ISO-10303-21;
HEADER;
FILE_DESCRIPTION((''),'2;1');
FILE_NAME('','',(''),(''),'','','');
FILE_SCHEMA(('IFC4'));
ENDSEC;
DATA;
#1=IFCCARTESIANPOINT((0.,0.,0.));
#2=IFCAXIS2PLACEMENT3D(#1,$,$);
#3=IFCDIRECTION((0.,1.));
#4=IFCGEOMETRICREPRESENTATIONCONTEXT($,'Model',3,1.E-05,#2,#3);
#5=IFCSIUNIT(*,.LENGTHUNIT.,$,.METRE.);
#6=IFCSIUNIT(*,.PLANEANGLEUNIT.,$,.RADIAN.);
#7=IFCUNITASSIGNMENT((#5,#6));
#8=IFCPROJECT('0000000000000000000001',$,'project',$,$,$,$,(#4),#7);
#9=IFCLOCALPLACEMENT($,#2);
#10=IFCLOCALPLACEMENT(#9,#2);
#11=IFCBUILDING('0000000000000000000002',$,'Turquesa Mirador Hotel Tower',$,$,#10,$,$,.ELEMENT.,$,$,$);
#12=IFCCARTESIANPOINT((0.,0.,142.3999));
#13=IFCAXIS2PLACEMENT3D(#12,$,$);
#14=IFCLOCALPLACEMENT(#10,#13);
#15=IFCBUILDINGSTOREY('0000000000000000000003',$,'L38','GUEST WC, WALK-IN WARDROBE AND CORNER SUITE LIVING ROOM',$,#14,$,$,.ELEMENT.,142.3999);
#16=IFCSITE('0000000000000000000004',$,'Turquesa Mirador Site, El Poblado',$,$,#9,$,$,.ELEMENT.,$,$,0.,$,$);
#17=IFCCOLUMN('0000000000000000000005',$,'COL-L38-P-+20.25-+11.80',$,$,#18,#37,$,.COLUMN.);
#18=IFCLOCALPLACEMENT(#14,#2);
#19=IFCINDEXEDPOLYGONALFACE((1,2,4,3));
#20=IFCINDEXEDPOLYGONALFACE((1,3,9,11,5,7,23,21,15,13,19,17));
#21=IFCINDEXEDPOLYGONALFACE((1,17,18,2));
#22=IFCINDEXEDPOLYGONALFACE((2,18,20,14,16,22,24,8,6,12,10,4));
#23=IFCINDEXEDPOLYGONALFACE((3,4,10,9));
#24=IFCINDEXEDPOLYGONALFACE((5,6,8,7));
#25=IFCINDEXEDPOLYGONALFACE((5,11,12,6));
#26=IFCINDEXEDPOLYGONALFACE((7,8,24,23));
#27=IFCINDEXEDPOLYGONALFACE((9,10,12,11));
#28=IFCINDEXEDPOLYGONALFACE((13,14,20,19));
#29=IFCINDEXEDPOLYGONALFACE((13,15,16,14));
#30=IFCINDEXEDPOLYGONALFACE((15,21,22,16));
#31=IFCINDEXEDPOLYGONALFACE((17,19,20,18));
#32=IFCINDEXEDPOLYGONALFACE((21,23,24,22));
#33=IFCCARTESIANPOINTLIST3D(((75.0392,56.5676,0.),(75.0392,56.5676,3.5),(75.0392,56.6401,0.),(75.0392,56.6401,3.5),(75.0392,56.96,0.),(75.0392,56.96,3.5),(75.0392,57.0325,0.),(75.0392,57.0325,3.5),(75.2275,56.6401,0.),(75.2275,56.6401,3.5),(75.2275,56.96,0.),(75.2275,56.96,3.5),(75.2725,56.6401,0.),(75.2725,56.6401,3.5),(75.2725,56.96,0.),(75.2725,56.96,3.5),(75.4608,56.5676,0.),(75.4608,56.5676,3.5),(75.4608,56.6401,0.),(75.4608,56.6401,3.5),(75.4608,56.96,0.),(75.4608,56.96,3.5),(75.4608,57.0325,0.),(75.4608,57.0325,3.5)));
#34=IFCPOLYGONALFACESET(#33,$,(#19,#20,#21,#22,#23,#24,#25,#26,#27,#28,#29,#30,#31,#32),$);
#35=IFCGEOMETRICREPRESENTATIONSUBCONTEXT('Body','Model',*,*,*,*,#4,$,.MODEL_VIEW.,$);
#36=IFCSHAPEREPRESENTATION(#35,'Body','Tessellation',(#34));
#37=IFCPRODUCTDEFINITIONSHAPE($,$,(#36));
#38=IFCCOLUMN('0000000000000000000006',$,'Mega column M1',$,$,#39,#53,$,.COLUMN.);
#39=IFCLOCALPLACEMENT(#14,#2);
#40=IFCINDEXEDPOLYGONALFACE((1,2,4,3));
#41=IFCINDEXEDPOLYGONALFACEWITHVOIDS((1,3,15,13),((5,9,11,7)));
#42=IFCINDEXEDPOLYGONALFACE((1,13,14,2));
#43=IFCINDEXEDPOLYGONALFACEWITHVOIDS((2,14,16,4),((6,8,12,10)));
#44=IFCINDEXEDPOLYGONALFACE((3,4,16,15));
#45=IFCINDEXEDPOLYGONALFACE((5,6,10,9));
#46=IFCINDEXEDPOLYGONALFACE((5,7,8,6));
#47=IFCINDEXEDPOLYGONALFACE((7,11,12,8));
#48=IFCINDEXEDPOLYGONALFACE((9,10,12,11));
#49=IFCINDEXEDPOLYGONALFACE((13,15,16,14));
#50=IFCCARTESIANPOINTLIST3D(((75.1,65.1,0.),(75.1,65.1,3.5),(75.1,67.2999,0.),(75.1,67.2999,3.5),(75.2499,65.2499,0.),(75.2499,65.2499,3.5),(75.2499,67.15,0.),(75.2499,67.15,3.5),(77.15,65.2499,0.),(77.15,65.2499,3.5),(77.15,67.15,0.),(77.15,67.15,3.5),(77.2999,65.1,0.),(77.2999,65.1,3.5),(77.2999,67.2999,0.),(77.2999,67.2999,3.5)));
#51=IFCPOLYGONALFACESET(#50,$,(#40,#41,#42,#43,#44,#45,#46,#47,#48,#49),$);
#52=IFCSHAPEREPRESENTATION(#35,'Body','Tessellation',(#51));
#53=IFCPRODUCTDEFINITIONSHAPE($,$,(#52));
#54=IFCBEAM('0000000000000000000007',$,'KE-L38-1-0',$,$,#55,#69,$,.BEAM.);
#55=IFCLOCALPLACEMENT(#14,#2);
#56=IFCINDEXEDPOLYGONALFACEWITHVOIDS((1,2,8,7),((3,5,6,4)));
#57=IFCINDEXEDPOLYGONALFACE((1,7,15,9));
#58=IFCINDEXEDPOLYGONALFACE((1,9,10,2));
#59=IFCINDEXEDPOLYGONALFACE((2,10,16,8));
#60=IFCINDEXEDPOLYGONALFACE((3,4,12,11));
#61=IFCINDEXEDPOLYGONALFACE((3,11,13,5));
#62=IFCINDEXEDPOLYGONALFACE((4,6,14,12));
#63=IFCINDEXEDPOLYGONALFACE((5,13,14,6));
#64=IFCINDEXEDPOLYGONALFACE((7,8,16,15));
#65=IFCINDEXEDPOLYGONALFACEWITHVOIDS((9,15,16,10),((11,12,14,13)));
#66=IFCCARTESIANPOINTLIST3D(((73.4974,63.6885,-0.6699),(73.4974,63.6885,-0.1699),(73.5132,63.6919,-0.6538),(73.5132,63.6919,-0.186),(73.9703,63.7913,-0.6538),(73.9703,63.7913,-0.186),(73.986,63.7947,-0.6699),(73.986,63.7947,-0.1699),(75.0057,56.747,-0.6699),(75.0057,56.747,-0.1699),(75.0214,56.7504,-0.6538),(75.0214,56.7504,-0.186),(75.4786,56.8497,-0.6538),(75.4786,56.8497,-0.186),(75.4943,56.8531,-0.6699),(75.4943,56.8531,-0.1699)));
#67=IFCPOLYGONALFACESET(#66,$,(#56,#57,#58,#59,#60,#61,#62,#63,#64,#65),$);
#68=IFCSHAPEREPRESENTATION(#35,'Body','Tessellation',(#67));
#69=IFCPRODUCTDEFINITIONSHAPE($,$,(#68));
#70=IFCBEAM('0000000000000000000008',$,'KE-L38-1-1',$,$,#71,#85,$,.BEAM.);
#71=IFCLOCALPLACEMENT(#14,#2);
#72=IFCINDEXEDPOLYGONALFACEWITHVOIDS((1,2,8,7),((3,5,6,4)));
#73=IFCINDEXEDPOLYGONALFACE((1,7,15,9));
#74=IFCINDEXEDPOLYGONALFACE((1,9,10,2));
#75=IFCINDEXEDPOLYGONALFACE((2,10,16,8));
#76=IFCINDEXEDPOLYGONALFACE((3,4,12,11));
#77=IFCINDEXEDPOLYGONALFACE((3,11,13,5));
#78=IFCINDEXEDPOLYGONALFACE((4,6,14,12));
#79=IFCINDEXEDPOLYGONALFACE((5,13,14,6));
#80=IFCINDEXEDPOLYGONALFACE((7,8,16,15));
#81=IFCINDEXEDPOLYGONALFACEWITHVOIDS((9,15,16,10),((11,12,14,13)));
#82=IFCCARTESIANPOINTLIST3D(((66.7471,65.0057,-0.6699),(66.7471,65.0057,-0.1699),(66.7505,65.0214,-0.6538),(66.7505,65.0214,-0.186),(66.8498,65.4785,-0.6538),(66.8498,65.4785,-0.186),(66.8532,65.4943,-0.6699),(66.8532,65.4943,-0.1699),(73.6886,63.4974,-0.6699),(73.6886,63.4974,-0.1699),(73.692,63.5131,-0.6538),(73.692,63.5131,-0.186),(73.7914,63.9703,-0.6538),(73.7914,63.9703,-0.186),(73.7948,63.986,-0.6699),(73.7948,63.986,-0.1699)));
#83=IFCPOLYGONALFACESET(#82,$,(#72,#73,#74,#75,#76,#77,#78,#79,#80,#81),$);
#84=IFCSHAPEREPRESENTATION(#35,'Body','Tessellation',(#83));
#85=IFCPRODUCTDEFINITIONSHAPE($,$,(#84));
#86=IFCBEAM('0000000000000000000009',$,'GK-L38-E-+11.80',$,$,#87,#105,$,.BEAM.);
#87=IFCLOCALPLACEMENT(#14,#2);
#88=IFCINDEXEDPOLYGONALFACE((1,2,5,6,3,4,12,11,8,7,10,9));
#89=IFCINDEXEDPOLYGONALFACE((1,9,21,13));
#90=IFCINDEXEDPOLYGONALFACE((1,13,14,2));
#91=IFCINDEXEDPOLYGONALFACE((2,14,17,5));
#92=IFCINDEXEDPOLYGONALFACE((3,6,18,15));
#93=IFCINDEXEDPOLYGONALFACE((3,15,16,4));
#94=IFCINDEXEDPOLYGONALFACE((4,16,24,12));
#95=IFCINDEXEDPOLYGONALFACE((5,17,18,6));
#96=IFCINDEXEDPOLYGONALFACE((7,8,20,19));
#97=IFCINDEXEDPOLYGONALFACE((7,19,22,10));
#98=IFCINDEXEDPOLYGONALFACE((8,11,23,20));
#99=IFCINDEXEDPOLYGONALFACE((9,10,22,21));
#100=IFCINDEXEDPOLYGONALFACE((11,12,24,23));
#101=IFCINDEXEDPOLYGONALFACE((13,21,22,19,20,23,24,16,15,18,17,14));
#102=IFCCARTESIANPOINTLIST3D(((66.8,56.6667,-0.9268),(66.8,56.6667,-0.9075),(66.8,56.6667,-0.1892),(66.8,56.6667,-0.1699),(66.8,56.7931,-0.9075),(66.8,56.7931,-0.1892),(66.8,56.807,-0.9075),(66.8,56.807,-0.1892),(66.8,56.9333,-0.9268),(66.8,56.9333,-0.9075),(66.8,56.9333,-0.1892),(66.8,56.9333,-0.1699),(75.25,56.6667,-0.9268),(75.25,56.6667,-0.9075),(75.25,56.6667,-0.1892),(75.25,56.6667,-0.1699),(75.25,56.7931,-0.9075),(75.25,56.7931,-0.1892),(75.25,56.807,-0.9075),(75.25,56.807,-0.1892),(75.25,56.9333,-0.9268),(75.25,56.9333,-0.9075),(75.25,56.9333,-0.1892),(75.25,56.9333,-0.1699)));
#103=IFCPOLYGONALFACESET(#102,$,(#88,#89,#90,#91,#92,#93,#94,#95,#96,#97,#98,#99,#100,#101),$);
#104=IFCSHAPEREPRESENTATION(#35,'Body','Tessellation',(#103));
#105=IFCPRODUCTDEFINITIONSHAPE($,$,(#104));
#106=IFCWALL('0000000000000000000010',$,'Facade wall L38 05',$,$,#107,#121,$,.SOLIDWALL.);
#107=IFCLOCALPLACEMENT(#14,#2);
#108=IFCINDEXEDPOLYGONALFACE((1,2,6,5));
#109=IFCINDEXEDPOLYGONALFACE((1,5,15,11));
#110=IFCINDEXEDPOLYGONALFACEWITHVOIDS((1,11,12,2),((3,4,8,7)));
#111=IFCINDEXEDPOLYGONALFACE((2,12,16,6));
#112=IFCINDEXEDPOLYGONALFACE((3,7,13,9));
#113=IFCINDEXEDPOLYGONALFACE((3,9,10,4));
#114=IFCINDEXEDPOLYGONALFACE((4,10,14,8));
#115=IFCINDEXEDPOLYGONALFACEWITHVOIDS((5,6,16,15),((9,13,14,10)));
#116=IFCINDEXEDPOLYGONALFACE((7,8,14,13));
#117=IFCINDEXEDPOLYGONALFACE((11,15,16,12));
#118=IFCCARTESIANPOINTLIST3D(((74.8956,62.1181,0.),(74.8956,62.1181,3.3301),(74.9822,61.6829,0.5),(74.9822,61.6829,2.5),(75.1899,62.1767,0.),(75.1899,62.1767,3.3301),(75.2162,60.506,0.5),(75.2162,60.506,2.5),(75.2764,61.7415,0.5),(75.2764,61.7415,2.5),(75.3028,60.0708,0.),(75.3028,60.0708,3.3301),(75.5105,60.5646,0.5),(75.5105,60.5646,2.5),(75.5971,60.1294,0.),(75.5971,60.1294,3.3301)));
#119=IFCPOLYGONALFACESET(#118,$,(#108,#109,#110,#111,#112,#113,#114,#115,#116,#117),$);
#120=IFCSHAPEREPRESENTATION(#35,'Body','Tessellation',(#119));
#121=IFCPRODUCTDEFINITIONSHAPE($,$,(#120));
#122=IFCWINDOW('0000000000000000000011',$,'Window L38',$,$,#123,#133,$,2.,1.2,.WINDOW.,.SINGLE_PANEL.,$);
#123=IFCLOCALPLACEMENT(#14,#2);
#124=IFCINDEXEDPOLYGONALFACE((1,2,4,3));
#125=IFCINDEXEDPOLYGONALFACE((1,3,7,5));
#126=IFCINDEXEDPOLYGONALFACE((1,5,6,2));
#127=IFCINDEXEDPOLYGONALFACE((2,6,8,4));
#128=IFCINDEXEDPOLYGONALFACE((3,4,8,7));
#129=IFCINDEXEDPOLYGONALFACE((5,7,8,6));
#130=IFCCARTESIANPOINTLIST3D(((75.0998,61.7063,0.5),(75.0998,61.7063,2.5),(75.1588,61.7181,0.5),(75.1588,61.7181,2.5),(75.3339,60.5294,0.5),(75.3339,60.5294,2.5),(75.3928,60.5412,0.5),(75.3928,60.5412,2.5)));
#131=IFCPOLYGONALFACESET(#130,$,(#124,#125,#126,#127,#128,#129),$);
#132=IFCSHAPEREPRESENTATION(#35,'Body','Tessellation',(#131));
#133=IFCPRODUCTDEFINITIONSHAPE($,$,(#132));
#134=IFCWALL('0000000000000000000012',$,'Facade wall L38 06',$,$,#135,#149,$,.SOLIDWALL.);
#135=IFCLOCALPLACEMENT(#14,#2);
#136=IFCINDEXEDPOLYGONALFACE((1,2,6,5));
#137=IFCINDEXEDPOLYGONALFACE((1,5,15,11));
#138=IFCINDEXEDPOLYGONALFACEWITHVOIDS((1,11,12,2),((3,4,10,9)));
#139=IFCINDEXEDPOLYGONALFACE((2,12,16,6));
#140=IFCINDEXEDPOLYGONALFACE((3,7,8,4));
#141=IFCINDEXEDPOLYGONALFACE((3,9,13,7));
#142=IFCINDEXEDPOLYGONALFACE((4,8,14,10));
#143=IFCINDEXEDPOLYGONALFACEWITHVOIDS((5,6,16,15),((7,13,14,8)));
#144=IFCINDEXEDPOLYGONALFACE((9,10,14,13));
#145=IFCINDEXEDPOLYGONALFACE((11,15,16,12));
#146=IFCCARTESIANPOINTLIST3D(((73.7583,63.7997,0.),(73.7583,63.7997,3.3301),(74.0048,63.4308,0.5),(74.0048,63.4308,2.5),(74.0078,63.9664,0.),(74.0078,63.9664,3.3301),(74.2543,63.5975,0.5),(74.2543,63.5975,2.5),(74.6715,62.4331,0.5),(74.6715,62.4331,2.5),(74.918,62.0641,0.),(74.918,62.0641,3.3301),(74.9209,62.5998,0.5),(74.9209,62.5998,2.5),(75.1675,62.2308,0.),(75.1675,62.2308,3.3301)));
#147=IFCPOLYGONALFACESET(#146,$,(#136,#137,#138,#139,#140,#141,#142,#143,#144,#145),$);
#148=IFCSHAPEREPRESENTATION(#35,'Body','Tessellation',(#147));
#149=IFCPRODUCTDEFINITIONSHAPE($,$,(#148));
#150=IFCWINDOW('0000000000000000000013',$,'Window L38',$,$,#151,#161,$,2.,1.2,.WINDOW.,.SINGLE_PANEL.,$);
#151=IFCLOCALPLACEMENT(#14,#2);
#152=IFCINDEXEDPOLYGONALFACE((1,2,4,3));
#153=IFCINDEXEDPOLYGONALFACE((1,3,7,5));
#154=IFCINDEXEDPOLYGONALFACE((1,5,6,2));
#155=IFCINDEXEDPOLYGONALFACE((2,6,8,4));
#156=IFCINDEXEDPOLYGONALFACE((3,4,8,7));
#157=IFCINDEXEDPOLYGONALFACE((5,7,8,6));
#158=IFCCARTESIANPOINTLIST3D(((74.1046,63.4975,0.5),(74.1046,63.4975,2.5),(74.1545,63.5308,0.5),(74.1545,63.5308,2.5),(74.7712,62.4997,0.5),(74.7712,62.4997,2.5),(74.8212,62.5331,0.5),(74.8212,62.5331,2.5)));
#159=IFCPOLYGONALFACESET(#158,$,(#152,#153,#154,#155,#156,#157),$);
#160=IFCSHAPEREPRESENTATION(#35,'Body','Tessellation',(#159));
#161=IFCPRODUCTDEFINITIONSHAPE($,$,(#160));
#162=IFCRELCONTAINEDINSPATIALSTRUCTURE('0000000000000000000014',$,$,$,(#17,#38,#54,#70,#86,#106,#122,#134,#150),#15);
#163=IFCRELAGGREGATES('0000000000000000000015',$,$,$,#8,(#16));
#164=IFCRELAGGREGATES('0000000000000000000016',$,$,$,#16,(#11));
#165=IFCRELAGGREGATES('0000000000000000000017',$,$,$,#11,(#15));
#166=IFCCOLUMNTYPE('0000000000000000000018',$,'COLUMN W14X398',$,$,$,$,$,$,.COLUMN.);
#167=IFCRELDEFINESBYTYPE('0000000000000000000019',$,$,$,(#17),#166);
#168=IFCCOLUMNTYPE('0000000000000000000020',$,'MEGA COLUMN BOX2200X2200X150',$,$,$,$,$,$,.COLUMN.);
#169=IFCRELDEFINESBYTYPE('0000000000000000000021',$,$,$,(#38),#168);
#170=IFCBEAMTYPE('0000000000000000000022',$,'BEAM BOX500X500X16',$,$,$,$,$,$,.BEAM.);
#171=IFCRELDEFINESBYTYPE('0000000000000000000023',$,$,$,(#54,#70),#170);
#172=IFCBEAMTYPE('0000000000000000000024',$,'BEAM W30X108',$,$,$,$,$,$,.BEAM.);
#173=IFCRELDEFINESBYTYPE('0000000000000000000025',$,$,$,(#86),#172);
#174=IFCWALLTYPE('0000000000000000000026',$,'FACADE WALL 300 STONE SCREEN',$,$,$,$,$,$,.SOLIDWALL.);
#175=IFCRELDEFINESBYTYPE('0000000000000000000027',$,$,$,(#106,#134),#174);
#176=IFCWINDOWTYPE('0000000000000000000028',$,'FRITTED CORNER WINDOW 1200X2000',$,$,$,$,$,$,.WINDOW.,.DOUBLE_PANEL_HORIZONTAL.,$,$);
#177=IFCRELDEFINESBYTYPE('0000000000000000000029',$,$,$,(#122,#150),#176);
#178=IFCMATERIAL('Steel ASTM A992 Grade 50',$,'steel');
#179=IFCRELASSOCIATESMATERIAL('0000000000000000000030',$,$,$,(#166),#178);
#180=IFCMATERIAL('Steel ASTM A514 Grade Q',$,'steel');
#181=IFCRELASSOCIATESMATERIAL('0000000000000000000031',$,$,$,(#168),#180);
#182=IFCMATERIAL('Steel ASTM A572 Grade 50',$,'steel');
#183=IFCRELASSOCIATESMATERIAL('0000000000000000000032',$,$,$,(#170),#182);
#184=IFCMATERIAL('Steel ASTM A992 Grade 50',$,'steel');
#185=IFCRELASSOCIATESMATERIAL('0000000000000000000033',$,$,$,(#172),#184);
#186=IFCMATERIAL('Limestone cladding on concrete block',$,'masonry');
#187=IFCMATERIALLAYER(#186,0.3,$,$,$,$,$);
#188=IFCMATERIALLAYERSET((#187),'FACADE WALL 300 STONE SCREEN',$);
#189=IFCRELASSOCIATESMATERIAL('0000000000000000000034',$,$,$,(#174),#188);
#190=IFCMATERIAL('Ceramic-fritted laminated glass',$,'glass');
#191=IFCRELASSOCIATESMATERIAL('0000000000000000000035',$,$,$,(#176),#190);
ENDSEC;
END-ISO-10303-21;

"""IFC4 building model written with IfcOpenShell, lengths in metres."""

from ifc_helpers import new_model, si_unit, direction, frame, frame_2d, origin, origin_2d, place, context, subcontext, project, spatial, rectangle, hollow_rectangle, i_section, extrude, material, layer, layer_set, material_profile, profile_set, type_object, element, fill, save


model = new_model("IFC4")

# Units and contexts
model_context = context("Model", 3, precision=1e-05, world=origin(), true_north=direction((0.0, 1.0)))
body_context = subcontext(model_context, "Body", "Model", "MODEL_VIEW")
ifc_project = project(units=[si_unit("LENGTHUNIT", "METRE"), si_unit("PLANEANGLEUNIT", "RADIAN")], contexts=[model_context])

# Site, building, storey
site_placement = place(None, origin())
site = spatial("IfcSite", under=ifc_project, at=site_placement, Name="Turquesa Mirador Site, El Poblado", CompositionType="ELEMENT", RefElevation=0.0)
building_placement = place(site_placement, origin())
building = spatial("IfcBuilding", under=site, at=building_placement, Name="Turquesa Mirador Hotel Tower", CompositionType="ELEMENT")
storey_placement = place(building_placement, frame((0.0, 0.0, 142.3999)))
storey = spatial("IfcBuildingStorey", under=building, at=storey_placement, Name="L38", Description="GUEST WC, WALK-IN WARDROBE AND CORNER SUITE LIVING ROOM", CompositionType="ELEMENT", Elevation=142.3999)

# Columns
ifc_material_1 = material(Name="Steel ASTM A992 Grade 50", Category="steel")
ifc_material_profile_1 = material_profile(ifc_material_1, i_section(OverallWidth=0.4216, OverallDepth=0.4648, WebThickness=0.0449, FlangeThickness=0.0725, at=origin_2d()), Name="W14X398")
ifc_profile_set_1 = profile_set([ifc_material_profile_1], Name="Steel ASTM A992 Grade 50")
column_type_1 = type_object("IfcColumnType", Name="COLUMN W14X398", PredefinedType="COLUMN", material=ifc_profile_set_1)
column_1_placement = place(storey_placement, frame((75.25, 56.8, 0.0), z_axis=(0.0, 0.0, 1.0), x_axis=(1.0, 0.0, 0.0)))
element("IfcColumn", 1, at=column_1_placement, inside=storey, type_object=column_type_1, Name="COL-L38-P-+20.25-+11.80", PredefinedType="COLUMN", context=body_context, shape_type="SweptSolid", body=[
    extrude(i_section(OverallWidth=0.4216, OverallDepth=0.4648, WebThickness=0.0449, FlangeThickness=0.0725, at=origin_2d()), origin(), (0.0, 0.0, 1.0), 3.5),
])
ifc_material_2 = material(Name="Steel ASTM A514 Grade Q", Category="steel")
ifc_material_profile_2 = material_profile(ifc_material_2, hollow_rectangle(XDim=2.2, YDim=2.2, WallThickness=0.1499, at=origin_2d()), Name="BOX2200X2200X150")
ifc_profile_set_2 = profile_set([ifc_material_profile_2], Name="Steel ASTM A514 Grade Q")
column_type_2 = type_object("IfcColumnType", Name="MEGA COLUMN BOX2200X2200X150", PredefinedType="COLUMN", material=ifc_profile_set_2)
column_2_placement = place(storey_placement, frame((76.2, 66.2, 0.0), z_axis=(0.0, 0.0, 1.0), x_axis=(1.0, 0.0, 0.0)))
element("IfcColumn", 2, at=column_2_placement, inside=storey, type_object=column_type_2, Name="Mega column M1", PredefinedType="COLUMN", context=body_context, shape_type="SweptSolid", body=[
    extrude(hollow_rectangle(XDim=2.2, YDim=2.2, WallThickness=0.1499, at=origin_2d()), origin(), (0.0, 0.0, 1.0), 3.5),
])

# Beams
ifc_material_3 = material(Name="Steel ASTM A572 Grade 50", Category="steel")
ifc_material_profile_3 = material_profile(ifc_material_3, hollow_rectangle(XDim=0.5, YDim=0.5, WallThickness=0.0161, at=origin_2d()), Name="BOX500X500X16")
ifc_profile_set_3 = profile_set([ifc_material_profile_3], Name="Steel ASTM A572 Grade 50")
beam_type_1 = type_object("IfcBeamType", Name="BEAM BOX500X500X16", PredefinedType="BEAM", material=ifc_profile_set_3)
for number, where, z_axis, x_axis, name in (
    (3, (75.25, 56.8, -0.4199), (-0.212328, 0.977198, 0.0), (-0.977198, -0.212328, 0.0), "KE-L38-1-0"),
    (4, (73.7417, 63.7417, -0.4199), (-0.977198, 0.212328, 0.0), (-0.212328, -0.977198, 0.0), "KE-L38-1-1"),
):
    element("IfcBeam", number, at=place(storey_placement, frame(where, z_axis=z_axis, x_axis=x_axis)), inside=storey, type_object=beam_type_1, Name=name, PredefinedType="BEAM", context=body_context, shape_type="SweptSolid", body=[
        extrude(hollow_rectangle(XDim=0.5, YDim=0.5, WallThickness=0.0161, at=origin_2d()), origin(), (0.0, 0.0, 1.0), 7.1035),
    ])
ifc_material_4 = material(Name="Steel ASTM A992 Grade 50", Category="steel")
ifc_material_profile_4 = material_profile(ifc_material_4, i_section(OverallWidth=0.2666, OverallDepth=0.7568, WebThickness=0.0139, FlangeThickness=0.0193, at=origin_2d()), Name="W30X108")
ifc_profile_set_4 = profile_set([ifc_material_profile_4], Name="Steel ASTM A992 Grade 50")
beam_type_2 = type_object("IfcBeamType", Name="BEAM W30X108", PredefinedType="BEAM", material=ifc_profile_set_4)
beam_placement = place(storey_placement, frame((75.25, 56.8, -0.5483), z_axis=(-1.0, 0.0, 0.0), x_axis=(0.0, -1.0, 0.0)))
element("IfcBeam", 5, at=beam_placement, inside=storey, type_object=beam_type_2, Name="GK-L38-E-+11.80", PredefinedType="BEAM", context=body_context, shape_type="SweptSolid", body=[
    extrude(i_section(OverallWidth=0.2666, OverallDepth=0.7568, WebThickness=0.0139, FlangeThickness=0.0193, at=origin_2d()), origin(), (0.0, 0.0, 1.0), 8.45),
])

# Walls, openings, windows
ifc_material_5 = material(Name="Limestone cladding on concrete block", Category="masonry")
ifc_layer = layer(ifc_material_5, 0.3)
ifc_layer_set = layer_set([ifc_layer], Name="FACADE WALL 300 STONE SCREEN")
wall_type = type_object("IfcWallType", Name="FACADE WALL 300 STONE SCREEN", PredefinedType="SOLIDWALL", material=ifc_layer_set)
wall_1_placement = place(storey_placement, frame((75.45, 60.1001, 0.0), z_axis=(0.0, 0.0, 1.0), x_axis=(-0.195081, 0.980787, 0.0)))
wall_1 = element("IfcWall", 6, at=wall_1_placement, inside=storey, type_object=wall_type, Name="Facade wall L38 05", PredefinedType="SOLIDWALL", context=body_context, shape_type="SweptSolid", body=[
    extrude(rectangle(XDim=2.0874, YDim=0.3, at=frame_2d((1.0437, 0.0))), origin(), (0.0, 0.0, 1.0), 3.3301),
])
opening_1_placement = place(wall_1_placement, frame((0.4436, 0.0, 0.5)))
opening_1 = element("IfcOpeningElement", 7, at=opening_1_placement, cuts=wall_1, PredefinedType="OPENING", context=body_context, shape_type="SweptSolid", body=[
    extrude(rectangle(XDim=1.2, YDim=2.0, at=frame_2d((0.6001, 1.0))), frame((0.0, 0.1599, 0.0), z_axis=(0.0, -1.0, 0.0), x_axis=(1.0, 0.0, 0.0)), (0.0, 0.0, 1.0), 0.3201),
])
ifc_material_6 = material(Name="Ceramic-fritted laminated glass", Category="glass")
window_type = type_object("IfcWindowType", Name="FRITTED CORNER WINDOW 1200X2000", PartitioningType="DOUBLE_PANEL_HORIZONTAL", PredefinedType="WINDOW", material=ifc_material_6)
window_1_placement = place(opening_1_placement, origin())
window_1 = element("IfcWindow", 8, at=window_1_placement, inside=storey, type_object=window_type, Name="Window L38", OverallHeight=2.0, OverallWidth=1.2, PartitioningType="SINGLE_PANEL", PredefinedType="WINDOW", context=body_context, shape_type="SweptSolid", body=[
    extrude(rectangle(XDim=1.2, YDim=2.0, at=frame_2d((0.6001, 1.0))), frame((0.0, 0.03, 0.0), z_axis=(0.0, -1.0, 0.0), x_axis=(1.0, 0.0, 0.0)), (0.0, 0.0, 1.0), 0.0601),
])
fill(opening_1, window_1)
wall_2_placement = place(storey_placement, frame((75.0427, 62.1475, 0.0), z_axis=(0.0, 0.0, 1.0), x_axis=(-0.555564, 0.831474, 0.0)))
wall_2 = element("IfcWall", 9, at=wall_2_placement, inside=storey, type_object=wall_type, Name="Facade wall L38 06", PredefinedType="SOLIDWALL", context=body_context, shape_type="SweptSolid", body=[
    extrude(rectangle(XDim=2.0874, YDim=0.3, at=frame_2d((1.0437, 0.0))), origin(), (0.0, 0.0, 1.0), 3.3301),
])
opening_2_placement = place(wall_2_placement, frame((0.4436, 0.0, 0.5)))
opening_2 = element("IfcOpeningElement", 10, at=opening_2_placement, cuts=wall_2, PredefinedType="OPENING", context=body_context, shape_type="SweptSolid", body=[
    extrude(rectangle(XDim=1.2, YDim=2.0, at=frame_2d((0.6001, 1.0))), frame((0.0, 0.1599, 0.0), z_axis=(0.0, -1.0, 0.0), x_axis=(1.0, 0.0, 0.0)), (0.0, 0.0, 1.0), 0.3201),
])
window_2_placement = place(opening_2_placement, origin())
window_2 = element("IfcWindow", 11, at=window_2_placement, inside=storey, type_object=window_type, Name="Window L38", OverallHeight=2.0, OverallWidth=1.2, PartitioningType="SINGLE_PANEL", PredefinedType="WINDOW", context=body_context, shape_type="SweptSolid", body=[
    extrude(rectangle(XDim=1.2, YDim=2.0, at=frame_2d((0.6001, 1.0))), frame((0.0, 0.03, 0.0), z_axis=(0.0, -1.0, 0.0), x_axis=(1.0, 0.0, 0.0)), (0.0, 0.0, 1.0), 0.0601),
])
fill(opening_2, window_2)

save(model, "model.ifc")
